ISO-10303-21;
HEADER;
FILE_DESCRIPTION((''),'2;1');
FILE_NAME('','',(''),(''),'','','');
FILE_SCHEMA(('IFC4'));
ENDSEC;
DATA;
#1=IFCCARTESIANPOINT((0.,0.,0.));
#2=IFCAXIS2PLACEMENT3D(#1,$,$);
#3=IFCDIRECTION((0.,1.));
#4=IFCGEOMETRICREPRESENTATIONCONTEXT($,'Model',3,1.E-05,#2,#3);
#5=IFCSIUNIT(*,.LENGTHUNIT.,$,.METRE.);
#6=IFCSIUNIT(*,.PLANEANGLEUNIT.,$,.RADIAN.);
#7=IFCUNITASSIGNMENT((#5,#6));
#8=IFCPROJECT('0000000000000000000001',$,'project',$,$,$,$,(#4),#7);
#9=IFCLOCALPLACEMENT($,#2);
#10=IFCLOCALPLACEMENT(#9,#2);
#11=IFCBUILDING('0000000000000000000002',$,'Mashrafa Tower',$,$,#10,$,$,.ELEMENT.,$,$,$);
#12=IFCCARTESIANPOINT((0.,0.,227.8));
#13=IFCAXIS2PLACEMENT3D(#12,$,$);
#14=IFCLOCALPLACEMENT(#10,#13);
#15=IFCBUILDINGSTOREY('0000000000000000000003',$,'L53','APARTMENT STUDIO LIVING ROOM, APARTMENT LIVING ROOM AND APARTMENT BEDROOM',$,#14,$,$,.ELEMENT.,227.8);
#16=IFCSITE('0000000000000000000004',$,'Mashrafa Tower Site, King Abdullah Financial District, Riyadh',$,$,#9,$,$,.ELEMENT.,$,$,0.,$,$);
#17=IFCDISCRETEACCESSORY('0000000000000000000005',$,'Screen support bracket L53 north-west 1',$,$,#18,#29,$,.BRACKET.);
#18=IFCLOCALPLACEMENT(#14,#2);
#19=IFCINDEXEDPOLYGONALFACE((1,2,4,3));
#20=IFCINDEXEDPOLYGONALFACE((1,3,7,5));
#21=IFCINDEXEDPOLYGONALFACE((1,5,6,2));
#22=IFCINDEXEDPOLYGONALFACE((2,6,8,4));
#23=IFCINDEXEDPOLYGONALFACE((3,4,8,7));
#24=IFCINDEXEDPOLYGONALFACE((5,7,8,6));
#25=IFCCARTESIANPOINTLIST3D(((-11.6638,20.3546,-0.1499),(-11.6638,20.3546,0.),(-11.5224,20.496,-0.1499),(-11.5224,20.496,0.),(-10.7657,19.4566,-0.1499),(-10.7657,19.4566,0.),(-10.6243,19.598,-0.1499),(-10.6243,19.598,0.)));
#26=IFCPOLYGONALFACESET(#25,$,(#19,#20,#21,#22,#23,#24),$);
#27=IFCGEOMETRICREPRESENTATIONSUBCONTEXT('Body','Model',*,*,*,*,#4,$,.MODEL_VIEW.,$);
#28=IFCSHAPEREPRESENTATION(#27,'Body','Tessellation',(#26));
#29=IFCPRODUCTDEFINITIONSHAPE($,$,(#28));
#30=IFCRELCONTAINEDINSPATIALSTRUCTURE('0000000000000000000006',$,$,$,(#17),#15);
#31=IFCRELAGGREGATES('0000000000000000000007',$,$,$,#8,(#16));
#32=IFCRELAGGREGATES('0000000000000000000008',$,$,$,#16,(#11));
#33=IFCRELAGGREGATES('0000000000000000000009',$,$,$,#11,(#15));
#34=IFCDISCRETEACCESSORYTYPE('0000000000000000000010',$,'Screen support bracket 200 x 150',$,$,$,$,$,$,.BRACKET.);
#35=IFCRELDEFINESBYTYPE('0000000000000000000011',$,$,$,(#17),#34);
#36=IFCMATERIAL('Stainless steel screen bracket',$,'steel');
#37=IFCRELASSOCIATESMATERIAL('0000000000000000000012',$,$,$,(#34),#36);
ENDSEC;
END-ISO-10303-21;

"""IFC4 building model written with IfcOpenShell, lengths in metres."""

from ifc_helpers import new_model, si_unit, direction, frame, origin, origin_2d, place, context, subcontext, project, spatial, rectangle, extrude, source, transform, mapped, material, type_object, type_shapes, element, save


model = new_model("IFC4")

# Units and contexts
model_context = context("Model", 3, precision=1e-05, world=origin(), true_north=direction((0.0, 1.0)))
body_context = subcontext(model_context, "Body", "Model", "MODEL_VIEW")
ifc_project = project(units=[si_unit("LENGTHUNIT", "METRE"), si_unit("PLANEANGLEUNIT", "RADIAN")], contexts=[model_context])

# Site, building, storey
site_placement = place(None, origin())
site = spatial("IfcSite", under=ifc_project, at=site_placement, Name="Mashrafa Tower Site, King Abdullah Financial District, Riyadh", CompositionType="ELEMENT", RefElevation=0.0)
building_placement = place(site_placement, origin())
building = spatial("IfcBuilding", under=site, at=building_placement, Name="Mashrafa Tower", CompositionType="ELEMENT")
storey_placement = place(building_placement, frame((0.0, 0.0, 227.8)))
storey = spatial("IfcBuildingStorey", under=building, at=storey_placement, Name="L53", Description="APARTMENT STUDIO LIVING ROOM, APARTMENT LIVING ROOM AND APARTMENT BEDROOM", CompositionType="ELEMENT", Elevation=227.8)

# Discrete accessory
ifc_material_1 = material(Name="Stainless steel screen bracket", Category="steel")
discrete_accessory_type = type_object("IfcDiscreteAccessoryType", Name="Screen support bracket 200 x 150", PredefinedType="BRACKET", material=ifc_material_1)
shared_shape_1 = source(origin(), body_context, "Body", "SweptSolid", [
    extrude(rectangle(XDim=0.2, YDim=1.27, at=origin_2d()), origin(), (0.0, 0.0, 1.0), 0.1499),
])
type_shapes(discrete_accessory_type, [shared_shape_1])
for number, where, z_axis, x_axis, name in (
    (1, (-11.144, 19.9763, -0.1499), (0.0, 0.0, 1.0), (-0.707107, -0.707107, 0.0), "Screen support bracket L53 north-west 1"),
):
    element("IfcDiscreteAccessory", number, at=place(storey_placement, frame(where, z_axis=z_axis, x_axis=x_axis)), inside=storey, type_object=discrete_accessory_type, Name=name, PredefinedType="BRACKET", context=body_context, shape_type="MappedRepresentation", body=[
        mapped(shared_shape_1, transform((0.0, 0.0, 0.0))),
    ])

save(model, "model.ifc")
